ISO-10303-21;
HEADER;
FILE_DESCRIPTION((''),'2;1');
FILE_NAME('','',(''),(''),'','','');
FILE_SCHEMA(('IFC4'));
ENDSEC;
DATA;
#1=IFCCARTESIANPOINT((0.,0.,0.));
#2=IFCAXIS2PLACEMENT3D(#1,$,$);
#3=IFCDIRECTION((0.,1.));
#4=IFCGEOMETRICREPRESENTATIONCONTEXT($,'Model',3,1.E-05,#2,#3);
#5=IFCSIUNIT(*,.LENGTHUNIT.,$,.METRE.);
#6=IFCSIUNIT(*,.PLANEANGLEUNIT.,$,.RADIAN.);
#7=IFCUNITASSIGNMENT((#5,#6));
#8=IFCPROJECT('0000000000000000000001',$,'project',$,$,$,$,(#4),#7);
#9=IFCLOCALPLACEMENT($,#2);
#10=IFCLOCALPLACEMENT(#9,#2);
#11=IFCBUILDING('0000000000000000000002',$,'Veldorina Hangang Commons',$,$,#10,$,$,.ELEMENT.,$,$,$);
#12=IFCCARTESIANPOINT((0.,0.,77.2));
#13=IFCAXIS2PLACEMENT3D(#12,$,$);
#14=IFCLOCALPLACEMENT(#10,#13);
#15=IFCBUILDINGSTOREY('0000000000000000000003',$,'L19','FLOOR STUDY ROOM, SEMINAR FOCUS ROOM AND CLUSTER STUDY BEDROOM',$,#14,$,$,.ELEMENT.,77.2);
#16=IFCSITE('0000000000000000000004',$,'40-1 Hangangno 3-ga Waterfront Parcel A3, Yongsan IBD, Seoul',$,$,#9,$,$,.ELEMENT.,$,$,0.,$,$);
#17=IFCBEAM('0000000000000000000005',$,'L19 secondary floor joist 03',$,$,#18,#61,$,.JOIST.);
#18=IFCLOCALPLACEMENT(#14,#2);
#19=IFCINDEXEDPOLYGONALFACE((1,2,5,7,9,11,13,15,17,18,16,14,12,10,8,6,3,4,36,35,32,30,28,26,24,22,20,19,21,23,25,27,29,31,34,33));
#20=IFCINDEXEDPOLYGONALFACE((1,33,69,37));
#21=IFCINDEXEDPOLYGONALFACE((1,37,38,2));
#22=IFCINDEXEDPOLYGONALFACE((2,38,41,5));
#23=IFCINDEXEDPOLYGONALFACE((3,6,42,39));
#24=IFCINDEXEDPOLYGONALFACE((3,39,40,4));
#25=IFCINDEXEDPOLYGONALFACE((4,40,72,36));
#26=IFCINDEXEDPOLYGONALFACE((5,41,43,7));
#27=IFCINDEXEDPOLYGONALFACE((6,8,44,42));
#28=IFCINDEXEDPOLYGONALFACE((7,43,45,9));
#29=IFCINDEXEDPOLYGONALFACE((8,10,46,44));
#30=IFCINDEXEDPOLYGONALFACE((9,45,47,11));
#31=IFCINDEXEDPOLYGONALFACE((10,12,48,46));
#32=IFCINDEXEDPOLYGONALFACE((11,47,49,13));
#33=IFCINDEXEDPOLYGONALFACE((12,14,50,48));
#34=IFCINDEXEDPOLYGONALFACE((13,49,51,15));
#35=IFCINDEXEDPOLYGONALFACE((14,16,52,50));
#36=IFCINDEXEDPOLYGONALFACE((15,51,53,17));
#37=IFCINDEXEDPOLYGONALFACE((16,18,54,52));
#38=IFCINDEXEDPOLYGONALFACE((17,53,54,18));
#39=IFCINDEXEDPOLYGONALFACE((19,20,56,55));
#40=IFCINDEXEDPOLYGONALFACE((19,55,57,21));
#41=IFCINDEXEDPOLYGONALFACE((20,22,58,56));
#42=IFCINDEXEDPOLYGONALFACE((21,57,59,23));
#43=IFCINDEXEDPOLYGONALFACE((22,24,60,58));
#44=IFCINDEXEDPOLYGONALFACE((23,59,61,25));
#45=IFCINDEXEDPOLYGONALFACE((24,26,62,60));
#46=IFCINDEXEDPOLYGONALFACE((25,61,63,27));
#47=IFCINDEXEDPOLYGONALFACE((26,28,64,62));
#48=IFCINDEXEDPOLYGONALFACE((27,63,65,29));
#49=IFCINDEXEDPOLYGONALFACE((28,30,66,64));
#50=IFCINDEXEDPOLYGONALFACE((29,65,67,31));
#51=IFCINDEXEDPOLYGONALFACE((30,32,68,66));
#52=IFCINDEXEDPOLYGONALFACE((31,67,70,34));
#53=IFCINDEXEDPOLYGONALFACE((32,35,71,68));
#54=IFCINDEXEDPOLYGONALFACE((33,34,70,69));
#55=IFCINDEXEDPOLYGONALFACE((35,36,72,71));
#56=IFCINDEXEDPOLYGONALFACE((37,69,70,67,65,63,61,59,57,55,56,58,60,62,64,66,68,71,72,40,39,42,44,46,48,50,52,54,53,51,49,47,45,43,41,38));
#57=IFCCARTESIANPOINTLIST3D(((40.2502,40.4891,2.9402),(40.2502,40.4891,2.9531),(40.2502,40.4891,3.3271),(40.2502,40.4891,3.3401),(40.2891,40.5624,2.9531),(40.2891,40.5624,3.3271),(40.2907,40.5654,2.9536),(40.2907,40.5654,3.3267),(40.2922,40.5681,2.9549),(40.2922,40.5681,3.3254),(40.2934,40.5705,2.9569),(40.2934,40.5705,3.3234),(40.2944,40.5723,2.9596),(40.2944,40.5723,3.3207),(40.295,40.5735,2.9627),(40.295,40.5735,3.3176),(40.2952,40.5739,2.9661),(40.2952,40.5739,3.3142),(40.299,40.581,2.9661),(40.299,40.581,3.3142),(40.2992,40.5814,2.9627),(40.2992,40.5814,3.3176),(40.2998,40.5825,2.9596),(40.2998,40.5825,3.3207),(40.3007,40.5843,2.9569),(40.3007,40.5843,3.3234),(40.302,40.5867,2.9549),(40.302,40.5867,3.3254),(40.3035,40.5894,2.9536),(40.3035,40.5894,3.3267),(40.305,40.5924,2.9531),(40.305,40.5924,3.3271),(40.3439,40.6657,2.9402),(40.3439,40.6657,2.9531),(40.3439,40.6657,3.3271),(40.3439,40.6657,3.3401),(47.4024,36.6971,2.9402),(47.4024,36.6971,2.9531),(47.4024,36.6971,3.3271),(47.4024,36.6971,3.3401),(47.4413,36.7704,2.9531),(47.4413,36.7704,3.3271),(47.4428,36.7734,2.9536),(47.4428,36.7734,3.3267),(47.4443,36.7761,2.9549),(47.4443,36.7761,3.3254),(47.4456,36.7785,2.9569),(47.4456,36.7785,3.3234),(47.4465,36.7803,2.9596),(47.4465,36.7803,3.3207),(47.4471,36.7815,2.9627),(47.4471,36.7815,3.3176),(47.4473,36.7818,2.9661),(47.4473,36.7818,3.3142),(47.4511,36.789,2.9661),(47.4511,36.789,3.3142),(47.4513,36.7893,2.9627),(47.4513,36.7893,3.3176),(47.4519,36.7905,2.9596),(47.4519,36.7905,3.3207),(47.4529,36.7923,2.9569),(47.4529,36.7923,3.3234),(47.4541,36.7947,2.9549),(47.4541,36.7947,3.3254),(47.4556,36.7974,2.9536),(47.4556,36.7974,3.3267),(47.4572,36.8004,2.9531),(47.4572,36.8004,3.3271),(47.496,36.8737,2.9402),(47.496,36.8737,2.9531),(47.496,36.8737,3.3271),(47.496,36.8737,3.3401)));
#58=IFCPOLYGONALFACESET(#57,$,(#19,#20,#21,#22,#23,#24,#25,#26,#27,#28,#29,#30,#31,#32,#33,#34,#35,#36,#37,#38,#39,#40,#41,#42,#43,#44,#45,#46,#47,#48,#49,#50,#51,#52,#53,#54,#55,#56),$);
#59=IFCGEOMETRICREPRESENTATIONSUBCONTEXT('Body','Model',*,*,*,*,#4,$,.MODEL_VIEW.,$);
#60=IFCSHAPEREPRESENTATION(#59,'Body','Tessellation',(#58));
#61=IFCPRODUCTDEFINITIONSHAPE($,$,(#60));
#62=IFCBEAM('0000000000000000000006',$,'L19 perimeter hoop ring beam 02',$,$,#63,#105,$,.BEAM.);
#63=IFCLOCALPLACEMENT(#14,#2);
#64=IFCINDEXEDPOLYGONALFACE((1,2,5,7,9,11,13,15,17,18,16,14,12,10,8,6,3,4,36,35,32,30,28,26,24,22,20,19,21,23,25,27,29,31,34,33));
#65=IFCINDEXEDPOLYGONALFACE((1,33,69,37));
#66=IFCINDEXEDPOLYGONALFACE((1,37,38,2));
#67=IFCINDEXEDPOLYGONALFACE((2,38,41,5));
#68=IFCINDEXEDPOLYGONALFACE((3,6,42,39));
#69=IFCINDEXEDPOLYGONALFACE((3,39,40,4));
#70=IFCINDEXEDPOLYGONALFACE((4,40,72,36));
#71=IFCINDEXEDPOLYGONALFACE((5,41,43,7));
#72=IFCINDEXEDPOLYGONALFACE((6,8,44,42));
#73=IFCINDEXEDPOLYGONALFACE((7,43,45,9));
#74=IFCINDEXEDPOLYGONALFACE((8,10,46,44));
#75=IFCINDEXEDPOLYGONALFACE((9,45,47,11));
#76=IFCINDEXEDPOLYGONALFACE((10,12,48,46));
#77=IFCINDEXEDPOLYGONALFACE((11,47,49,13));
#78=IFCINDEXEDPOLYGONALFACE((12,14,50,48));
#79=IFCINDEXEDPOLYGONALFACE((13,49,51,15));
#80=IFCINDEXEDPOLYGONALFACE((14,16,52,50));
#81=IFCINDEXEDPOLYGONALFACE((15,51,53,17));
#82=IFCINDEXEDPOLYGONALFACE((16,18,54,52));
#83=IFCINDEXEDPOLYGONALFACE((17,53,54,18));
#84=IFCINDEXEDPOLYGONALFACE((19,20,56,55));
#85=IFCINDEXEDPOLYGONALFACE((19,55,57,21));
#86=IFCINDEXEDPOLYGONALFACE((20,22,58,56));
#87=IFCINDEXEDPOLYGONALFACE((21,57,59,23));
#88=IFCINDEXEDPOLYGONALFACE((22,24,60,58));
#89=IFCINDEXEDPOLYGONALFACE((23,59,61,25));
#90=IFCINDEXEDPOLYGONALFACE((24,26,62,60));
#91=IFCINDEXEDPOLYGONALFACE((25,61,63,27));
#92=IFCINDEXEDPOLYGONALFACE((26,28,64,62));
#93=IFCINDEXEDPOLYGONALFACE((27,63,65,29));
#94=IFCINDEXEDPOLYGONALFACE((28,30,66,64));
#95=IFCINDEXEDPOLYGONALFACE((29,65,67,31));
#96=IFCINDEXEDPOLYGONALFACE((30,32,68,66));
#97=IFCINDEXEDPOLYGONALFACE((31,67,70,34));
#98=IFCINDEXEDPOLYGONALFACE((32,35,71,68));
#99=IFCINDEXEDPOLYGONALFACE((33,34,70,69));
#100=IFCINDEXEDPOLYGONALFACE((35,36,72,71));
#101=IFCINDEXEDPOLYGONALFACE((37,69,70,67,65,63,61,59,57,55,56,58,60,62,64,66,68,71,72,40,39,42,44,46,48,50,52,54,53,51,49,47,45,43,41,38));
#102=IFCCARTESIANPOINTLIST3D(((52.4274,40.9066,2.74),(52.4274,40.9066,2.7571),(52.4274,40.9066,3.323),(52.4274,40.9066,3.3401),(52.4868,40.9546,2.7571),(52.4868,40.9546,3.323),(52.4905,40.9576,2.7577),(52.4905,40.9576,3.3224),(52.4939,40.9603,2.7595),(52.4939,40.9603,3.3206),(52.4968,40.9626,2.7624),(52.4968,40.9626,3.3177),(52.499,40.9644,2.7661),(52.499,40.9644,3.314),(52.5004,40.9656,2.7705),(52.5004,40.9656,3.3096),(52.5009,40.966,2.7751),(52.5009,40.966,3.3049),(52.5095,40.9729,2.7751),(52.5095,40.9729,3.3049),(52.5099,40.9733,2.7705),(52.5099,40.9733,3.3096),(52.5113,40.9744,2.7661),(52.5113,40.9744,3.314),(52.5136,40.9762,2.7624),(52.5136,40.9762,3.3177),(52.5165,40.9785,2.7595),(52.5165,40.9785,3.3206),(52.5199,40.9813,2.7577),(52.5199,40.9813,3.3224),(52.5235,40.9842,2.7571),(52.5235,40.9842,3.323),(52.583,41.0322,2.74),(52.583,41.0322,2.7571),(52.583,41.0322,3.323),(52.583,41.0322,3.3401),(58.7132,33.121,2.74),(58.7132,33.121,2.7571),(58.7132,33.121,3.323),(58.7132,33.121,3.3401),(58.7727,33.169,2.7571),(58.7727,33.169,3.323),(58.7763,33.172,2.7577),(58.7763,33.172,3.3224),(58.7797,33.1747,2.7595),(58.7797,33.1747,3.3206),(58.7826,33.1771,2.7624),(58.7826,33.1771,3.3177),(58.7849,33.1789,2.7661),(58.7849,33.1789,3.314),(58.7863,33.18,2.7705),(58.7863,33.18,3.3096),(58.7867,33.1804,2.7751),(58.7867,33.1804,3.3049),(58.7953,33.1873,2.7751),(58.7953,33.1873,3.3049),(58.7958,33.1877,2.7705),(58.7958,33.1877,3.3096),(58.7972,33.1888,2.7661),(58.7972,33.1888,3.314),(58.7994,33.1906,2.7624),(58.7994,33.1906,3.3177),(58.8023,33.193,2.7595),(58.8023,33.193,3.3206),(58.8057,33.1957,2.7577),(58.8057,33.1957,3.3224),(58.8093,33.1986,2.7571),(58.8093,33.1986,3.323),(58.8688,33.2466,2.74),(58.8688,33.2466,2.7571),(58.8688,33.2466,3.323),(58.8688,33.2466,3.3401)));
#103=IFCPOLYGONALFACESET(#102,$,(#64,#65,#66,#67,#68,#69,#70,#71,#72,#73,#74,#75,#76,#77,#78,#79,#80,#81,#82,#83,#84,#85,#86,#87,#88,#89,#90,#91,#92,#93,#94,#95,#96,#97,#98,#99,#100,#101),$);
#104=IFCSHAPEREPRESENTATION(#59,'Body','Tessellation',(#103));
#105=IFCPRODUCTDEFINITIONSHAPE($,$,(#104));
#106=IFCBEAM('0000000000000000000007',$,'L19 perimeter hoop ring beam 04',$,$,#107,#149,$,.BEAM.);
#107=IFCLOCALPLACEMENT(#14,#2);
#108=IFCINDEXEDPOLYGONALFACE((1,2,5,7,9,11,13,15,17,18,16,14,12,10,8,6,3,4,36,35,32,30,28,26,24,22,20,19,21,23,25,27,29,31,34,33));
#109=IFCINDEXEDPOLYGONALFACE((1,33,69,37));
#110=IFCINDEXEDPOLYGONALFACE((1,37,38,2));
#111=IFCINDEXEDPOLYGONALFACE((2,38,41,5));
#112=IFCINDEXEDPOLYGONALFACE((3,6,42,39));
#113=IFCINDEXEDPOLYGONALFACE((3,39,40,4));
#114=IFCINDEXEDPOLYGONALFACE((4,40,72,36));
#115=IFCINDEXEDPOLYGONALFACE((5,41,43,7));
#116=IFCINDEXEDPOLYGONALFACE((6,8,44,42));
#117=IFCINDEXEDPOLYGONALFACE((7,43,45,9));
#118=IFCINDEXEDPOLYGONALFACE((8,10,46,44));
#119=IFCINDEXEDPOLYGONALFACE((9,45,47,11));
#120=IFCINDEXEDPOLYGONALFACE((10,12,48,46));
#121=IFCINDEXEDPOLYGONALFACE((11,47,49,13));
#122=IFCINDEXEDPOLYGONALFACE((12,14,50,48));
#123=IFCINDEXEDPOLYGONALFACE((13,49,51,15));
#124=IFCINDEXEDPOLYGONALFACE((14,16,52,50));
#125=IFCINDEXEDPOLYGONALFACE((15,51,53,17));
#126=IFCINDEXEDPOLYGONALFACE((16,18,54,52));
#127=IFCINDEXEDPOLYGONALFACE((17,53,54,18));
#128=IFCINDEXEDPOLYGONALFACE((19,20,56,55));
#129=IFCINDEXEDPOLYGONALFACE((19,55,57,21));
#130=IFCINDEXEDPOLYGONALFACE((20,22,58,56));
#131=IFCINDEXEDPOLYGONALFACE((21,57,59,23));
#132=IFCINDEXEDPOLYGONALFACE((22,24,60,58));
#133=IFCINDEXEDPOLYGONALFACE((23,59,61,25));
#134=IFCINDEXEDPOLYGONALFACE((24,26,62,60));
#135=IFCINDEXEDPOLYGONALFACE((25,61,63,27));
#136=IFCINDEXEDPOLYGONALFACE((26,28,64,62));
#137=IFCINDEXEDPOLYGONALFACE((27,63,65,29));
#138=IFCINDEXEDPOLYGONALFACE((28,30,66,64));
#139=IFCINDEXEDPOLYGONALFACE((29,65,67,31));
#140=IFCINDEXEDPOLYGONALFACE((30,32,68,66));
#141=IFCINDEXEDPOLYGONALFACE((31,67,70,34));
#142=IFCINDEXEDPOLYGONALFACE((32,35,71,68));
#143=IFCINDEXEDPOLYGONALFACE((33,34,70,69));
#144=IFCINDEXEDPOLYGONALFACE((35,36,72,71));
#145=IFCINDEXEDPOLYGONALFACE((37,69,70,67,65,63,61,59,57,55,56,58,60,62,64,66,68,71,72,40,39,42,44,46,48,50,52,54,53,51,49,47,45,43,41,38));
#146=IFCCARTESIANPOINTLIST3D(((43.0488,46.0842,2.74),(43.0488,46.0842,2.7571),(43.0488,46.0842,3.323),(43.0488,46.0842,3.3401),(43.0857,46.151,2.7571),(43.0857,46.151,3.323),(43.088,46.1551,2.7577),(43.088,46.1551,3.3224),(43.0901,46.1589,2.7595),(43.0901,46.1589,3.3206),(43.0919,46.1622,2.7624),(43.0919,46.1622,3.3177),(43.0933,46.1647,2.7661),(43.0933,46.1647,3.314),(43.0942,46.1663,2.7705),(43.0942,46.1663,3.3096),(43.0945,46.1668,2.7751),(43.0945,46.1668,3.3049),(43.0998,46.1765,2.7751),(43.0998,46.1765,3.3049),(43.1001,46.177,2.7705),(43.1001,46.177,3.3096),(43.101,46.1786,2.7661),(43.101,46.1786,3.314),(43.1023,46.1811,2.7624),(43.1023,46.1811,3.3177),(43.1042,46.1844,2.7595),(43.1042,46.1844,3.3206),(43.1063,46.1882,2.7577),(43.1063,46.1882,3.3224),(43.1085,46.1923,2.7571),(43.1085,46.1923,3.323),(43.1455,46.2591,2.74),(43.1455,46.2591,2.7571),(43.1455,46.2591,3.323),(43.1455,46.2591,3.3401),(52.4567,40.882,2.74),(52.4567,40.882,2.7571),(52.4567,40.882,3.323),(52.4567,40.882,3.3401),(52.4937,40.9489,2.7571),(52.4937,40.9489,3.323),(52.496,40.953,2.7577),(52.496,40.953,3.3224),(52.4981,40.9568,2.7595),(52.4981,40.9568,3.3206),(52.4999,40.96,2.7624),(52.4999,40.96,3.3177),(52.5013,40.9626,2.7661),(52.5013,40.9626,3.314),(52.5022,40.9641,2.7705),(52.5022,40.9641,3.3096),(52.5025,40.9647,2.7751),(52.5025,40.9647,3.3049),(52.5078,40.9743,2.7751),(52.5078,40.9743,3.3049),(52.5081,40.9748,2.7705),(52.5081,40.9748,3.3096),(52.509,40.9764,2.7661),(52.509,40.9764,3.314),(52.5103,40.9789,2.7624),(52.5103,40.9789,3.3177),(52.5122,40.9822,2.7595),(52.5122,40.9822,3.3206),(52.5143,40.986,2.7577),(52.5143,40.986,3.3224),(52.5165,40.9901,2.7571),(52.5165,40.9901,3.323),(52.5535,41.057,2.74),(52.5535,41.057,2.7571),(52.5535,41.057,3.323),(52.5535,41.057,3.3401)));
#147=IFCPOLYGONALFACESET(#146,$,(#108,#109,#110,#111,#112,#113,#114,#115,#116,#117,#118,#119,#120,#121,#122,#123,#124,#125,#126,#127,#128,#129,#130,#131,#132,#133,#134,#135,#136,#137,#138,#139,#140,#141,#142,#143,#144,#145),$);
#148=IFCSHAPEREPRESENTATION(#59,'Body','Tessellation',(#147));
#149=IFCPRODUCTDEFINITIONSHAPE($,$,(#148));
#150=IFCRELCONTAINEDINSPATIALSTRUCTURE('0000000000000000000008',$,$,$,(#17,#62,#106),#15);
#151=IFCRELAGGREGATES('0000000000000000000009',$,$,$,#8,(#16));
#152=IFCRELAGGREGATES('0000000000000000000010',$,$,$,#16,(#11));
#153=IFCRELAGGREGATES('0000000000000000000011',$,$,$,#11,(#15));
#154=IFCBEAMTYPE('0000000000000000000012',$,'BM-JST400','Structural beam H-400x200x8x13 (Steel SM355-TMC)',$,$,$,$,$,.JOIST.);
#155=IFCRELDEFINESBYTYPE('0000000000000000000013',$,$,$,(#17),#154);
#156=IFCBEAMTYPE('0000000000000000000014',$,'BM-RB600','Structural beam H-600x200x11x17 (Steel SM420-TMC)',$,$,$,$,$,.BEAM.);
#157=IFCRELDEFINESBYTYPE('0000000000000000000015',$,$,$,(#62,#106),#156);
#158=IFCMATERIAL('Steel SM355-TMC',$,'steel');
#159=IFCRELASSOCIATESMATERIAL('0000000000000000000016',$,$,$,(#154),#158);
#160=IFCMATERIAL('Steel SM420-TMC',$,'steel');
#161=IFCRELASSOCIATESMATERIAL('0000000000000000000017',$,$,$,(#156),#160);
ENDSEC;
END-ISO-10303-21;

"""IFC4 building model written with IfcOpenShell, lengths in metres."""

from ifc_helpers import new_model, si_unit, direction, frame, origin, origin_2d, place, context, subcontext, project, spatial, i_section, extrude, material, material_profile, profile_set, type_object, element, save


model = new_model("IFC4")

# Units and contexts
model_context = context("Model", 3, precision=1e-05, world=origin(), true_north=direction((0.0, 1.0)))
body_context = subcontext(model_context, "Body", "Model", "MODEL_VIEW")
ifc_project = project(units=[si_unit("LENGTHUNIT", "METRE"), si_unit("PLANEANGLEUNIT", "RADIAN")], contexts=[model_context])

# Site, building, storey
site_placement = place(None, origin())
site = spatial("IfcSite", under=ifc_project, at=site_placement, Name="40-1 Hangangno 3-ga Waterfront Parcel A3, Yongsan IBD, Seoul", CompositionType="ELEMENT", RefElevation=0.0)
building_placement = place(site_placement, origin())
building = spatial("IfcBuilding", under=site, at=building_placement, Name="Veldorina Hangang Commons", CompositionType="ELEMENT")
storey_placement = place(building_placement, frame((0.0, 0.0, 77.2)))
storey = spatial("IfcBuildingStorey", under=building, at=storey_placement, Name="L19", Description="FLOOR STUDY ROOM, SEMINAR FOCUS ROOM AND CLUSTER STUDY BEDROOM", CompositionType="ELEMENT", Elevation=77.2)

# Beams
ifc_material_1 = material(Name="Steel SM355-TMC", Category="steel")
ifc_material_profile_1 = material_profile(ifc_material_1, i_section(OverallWidth=0.2, OverallDepth=0.3999, WebThickness=0.0081, FlangeThickness=0.0129, FilletRadius=0.0129, at=origin_2d()), Name="H-400x200x8x13")
ifc_profile_set_1 = profile_set([ifc_material_profile_1], Name="Steel SM355-TMC")
beam_type_1 = type_object("IfcBeamType", Name="BM-JST400", Description="Structural beam H-400x200x8x13 (Steel SM355-TMC)", PredefinedType="JOIST", material=ifc_profile_set_1)
beam_1_placement = place(storey_placement, frame((47.4492, 36.7854, 3.1401), z_axis=(-0.883502, 0.468427, 0.0), x_axis=(-0.468427, -0.883502, 0.0)))
element("IfcBeam", 1, at=beam_1_placement, inside=storey, type_object=beam_type_1, Name="L19 secondary floor joist 03", PredefinedType="JOIST", context=body_context, shape_type="SweptSolid", body=[
    extrude(i_section(OverallWidth=0.2, OverallDepth=0.3999, WebThickness=0.0081, FlangeThickness=0.0129, FilletRadius=0.0129, at=origin_2d()), origin(), (0.0, 0.0, 1.0), 8.0952),
])
ifc_material_2 = material(Name="Steel SM420-TMC", Category="steel")
ifc_material_profile_2 = material_profile(ifc_material_2, i_section(OverallWidth=0.2, OverallDepth=0.6001, WebThickness=0.011, FlangeThickness=0.0171, FilletRadius=0.0181, at=origin_2d()), Name="H-600x200x11x17")
ifc_profile_set_2 = profile_set([ifc_material_profile_2], Name="Steel SM420-TMC")
beam_type_2 = type_object("IfcBeamType", Name="BM-RB600", Description="Structural beam H-600x200x11x17 (Steel SM420-TMC)", PredefinedType="BEAM", material=ifc_profile_set_2)
beam_2_placement = place(storey_placement, frame((58.791, 33.1838, 3.04), z_axis=(-0.628185, 0.778064, 0.0), x_axis=(-0.778064, -0.628185, 0.0)))
element("IfcBeam", 2, at=beam_2_placement, inside=storey, type_object=beam_type_2, Name="L19 perimeter hoop ring beam 02", PredefinedType="BEAM", context=body_context, shape_type="SweptSolid", body=[
    extrude(i_section(OverallWidth=0.2, OverallDepth=0.6001, WebThickness=0.011, FlangeThickness=0.0171, FilletRadius=0.0181, at=origin_2d()), origin(), (0.0, 0.0, 1.0), 10.0063),
])
beam_3_placement = place(storey_placement, frame((52.5051, 40.9695, 3.04), z_axis=(-0.875123, 0.483901, 0.0), x_axis=(-0.483901, -0.875123, 0.0)))
element("IfcBeam", 3, at=beam_3_placement, inside=storey, type_object=beam_type_2, Name="L19 perimeter hoop ring beam 04", PredefinedType="BEAM", context=body_context, shape_type="SweptSolid", body=[
    extrude(i_section(OverallWidth=0.2, OverallDepth=0.6001, WebThickness=0.011, FlangeThickness=0.0171, FilletRadius=0.0181, at=origin_2d()), origin(), (0.0, 0.0, 1.0), 10.7505),
])

save(model, "model.ifc")
